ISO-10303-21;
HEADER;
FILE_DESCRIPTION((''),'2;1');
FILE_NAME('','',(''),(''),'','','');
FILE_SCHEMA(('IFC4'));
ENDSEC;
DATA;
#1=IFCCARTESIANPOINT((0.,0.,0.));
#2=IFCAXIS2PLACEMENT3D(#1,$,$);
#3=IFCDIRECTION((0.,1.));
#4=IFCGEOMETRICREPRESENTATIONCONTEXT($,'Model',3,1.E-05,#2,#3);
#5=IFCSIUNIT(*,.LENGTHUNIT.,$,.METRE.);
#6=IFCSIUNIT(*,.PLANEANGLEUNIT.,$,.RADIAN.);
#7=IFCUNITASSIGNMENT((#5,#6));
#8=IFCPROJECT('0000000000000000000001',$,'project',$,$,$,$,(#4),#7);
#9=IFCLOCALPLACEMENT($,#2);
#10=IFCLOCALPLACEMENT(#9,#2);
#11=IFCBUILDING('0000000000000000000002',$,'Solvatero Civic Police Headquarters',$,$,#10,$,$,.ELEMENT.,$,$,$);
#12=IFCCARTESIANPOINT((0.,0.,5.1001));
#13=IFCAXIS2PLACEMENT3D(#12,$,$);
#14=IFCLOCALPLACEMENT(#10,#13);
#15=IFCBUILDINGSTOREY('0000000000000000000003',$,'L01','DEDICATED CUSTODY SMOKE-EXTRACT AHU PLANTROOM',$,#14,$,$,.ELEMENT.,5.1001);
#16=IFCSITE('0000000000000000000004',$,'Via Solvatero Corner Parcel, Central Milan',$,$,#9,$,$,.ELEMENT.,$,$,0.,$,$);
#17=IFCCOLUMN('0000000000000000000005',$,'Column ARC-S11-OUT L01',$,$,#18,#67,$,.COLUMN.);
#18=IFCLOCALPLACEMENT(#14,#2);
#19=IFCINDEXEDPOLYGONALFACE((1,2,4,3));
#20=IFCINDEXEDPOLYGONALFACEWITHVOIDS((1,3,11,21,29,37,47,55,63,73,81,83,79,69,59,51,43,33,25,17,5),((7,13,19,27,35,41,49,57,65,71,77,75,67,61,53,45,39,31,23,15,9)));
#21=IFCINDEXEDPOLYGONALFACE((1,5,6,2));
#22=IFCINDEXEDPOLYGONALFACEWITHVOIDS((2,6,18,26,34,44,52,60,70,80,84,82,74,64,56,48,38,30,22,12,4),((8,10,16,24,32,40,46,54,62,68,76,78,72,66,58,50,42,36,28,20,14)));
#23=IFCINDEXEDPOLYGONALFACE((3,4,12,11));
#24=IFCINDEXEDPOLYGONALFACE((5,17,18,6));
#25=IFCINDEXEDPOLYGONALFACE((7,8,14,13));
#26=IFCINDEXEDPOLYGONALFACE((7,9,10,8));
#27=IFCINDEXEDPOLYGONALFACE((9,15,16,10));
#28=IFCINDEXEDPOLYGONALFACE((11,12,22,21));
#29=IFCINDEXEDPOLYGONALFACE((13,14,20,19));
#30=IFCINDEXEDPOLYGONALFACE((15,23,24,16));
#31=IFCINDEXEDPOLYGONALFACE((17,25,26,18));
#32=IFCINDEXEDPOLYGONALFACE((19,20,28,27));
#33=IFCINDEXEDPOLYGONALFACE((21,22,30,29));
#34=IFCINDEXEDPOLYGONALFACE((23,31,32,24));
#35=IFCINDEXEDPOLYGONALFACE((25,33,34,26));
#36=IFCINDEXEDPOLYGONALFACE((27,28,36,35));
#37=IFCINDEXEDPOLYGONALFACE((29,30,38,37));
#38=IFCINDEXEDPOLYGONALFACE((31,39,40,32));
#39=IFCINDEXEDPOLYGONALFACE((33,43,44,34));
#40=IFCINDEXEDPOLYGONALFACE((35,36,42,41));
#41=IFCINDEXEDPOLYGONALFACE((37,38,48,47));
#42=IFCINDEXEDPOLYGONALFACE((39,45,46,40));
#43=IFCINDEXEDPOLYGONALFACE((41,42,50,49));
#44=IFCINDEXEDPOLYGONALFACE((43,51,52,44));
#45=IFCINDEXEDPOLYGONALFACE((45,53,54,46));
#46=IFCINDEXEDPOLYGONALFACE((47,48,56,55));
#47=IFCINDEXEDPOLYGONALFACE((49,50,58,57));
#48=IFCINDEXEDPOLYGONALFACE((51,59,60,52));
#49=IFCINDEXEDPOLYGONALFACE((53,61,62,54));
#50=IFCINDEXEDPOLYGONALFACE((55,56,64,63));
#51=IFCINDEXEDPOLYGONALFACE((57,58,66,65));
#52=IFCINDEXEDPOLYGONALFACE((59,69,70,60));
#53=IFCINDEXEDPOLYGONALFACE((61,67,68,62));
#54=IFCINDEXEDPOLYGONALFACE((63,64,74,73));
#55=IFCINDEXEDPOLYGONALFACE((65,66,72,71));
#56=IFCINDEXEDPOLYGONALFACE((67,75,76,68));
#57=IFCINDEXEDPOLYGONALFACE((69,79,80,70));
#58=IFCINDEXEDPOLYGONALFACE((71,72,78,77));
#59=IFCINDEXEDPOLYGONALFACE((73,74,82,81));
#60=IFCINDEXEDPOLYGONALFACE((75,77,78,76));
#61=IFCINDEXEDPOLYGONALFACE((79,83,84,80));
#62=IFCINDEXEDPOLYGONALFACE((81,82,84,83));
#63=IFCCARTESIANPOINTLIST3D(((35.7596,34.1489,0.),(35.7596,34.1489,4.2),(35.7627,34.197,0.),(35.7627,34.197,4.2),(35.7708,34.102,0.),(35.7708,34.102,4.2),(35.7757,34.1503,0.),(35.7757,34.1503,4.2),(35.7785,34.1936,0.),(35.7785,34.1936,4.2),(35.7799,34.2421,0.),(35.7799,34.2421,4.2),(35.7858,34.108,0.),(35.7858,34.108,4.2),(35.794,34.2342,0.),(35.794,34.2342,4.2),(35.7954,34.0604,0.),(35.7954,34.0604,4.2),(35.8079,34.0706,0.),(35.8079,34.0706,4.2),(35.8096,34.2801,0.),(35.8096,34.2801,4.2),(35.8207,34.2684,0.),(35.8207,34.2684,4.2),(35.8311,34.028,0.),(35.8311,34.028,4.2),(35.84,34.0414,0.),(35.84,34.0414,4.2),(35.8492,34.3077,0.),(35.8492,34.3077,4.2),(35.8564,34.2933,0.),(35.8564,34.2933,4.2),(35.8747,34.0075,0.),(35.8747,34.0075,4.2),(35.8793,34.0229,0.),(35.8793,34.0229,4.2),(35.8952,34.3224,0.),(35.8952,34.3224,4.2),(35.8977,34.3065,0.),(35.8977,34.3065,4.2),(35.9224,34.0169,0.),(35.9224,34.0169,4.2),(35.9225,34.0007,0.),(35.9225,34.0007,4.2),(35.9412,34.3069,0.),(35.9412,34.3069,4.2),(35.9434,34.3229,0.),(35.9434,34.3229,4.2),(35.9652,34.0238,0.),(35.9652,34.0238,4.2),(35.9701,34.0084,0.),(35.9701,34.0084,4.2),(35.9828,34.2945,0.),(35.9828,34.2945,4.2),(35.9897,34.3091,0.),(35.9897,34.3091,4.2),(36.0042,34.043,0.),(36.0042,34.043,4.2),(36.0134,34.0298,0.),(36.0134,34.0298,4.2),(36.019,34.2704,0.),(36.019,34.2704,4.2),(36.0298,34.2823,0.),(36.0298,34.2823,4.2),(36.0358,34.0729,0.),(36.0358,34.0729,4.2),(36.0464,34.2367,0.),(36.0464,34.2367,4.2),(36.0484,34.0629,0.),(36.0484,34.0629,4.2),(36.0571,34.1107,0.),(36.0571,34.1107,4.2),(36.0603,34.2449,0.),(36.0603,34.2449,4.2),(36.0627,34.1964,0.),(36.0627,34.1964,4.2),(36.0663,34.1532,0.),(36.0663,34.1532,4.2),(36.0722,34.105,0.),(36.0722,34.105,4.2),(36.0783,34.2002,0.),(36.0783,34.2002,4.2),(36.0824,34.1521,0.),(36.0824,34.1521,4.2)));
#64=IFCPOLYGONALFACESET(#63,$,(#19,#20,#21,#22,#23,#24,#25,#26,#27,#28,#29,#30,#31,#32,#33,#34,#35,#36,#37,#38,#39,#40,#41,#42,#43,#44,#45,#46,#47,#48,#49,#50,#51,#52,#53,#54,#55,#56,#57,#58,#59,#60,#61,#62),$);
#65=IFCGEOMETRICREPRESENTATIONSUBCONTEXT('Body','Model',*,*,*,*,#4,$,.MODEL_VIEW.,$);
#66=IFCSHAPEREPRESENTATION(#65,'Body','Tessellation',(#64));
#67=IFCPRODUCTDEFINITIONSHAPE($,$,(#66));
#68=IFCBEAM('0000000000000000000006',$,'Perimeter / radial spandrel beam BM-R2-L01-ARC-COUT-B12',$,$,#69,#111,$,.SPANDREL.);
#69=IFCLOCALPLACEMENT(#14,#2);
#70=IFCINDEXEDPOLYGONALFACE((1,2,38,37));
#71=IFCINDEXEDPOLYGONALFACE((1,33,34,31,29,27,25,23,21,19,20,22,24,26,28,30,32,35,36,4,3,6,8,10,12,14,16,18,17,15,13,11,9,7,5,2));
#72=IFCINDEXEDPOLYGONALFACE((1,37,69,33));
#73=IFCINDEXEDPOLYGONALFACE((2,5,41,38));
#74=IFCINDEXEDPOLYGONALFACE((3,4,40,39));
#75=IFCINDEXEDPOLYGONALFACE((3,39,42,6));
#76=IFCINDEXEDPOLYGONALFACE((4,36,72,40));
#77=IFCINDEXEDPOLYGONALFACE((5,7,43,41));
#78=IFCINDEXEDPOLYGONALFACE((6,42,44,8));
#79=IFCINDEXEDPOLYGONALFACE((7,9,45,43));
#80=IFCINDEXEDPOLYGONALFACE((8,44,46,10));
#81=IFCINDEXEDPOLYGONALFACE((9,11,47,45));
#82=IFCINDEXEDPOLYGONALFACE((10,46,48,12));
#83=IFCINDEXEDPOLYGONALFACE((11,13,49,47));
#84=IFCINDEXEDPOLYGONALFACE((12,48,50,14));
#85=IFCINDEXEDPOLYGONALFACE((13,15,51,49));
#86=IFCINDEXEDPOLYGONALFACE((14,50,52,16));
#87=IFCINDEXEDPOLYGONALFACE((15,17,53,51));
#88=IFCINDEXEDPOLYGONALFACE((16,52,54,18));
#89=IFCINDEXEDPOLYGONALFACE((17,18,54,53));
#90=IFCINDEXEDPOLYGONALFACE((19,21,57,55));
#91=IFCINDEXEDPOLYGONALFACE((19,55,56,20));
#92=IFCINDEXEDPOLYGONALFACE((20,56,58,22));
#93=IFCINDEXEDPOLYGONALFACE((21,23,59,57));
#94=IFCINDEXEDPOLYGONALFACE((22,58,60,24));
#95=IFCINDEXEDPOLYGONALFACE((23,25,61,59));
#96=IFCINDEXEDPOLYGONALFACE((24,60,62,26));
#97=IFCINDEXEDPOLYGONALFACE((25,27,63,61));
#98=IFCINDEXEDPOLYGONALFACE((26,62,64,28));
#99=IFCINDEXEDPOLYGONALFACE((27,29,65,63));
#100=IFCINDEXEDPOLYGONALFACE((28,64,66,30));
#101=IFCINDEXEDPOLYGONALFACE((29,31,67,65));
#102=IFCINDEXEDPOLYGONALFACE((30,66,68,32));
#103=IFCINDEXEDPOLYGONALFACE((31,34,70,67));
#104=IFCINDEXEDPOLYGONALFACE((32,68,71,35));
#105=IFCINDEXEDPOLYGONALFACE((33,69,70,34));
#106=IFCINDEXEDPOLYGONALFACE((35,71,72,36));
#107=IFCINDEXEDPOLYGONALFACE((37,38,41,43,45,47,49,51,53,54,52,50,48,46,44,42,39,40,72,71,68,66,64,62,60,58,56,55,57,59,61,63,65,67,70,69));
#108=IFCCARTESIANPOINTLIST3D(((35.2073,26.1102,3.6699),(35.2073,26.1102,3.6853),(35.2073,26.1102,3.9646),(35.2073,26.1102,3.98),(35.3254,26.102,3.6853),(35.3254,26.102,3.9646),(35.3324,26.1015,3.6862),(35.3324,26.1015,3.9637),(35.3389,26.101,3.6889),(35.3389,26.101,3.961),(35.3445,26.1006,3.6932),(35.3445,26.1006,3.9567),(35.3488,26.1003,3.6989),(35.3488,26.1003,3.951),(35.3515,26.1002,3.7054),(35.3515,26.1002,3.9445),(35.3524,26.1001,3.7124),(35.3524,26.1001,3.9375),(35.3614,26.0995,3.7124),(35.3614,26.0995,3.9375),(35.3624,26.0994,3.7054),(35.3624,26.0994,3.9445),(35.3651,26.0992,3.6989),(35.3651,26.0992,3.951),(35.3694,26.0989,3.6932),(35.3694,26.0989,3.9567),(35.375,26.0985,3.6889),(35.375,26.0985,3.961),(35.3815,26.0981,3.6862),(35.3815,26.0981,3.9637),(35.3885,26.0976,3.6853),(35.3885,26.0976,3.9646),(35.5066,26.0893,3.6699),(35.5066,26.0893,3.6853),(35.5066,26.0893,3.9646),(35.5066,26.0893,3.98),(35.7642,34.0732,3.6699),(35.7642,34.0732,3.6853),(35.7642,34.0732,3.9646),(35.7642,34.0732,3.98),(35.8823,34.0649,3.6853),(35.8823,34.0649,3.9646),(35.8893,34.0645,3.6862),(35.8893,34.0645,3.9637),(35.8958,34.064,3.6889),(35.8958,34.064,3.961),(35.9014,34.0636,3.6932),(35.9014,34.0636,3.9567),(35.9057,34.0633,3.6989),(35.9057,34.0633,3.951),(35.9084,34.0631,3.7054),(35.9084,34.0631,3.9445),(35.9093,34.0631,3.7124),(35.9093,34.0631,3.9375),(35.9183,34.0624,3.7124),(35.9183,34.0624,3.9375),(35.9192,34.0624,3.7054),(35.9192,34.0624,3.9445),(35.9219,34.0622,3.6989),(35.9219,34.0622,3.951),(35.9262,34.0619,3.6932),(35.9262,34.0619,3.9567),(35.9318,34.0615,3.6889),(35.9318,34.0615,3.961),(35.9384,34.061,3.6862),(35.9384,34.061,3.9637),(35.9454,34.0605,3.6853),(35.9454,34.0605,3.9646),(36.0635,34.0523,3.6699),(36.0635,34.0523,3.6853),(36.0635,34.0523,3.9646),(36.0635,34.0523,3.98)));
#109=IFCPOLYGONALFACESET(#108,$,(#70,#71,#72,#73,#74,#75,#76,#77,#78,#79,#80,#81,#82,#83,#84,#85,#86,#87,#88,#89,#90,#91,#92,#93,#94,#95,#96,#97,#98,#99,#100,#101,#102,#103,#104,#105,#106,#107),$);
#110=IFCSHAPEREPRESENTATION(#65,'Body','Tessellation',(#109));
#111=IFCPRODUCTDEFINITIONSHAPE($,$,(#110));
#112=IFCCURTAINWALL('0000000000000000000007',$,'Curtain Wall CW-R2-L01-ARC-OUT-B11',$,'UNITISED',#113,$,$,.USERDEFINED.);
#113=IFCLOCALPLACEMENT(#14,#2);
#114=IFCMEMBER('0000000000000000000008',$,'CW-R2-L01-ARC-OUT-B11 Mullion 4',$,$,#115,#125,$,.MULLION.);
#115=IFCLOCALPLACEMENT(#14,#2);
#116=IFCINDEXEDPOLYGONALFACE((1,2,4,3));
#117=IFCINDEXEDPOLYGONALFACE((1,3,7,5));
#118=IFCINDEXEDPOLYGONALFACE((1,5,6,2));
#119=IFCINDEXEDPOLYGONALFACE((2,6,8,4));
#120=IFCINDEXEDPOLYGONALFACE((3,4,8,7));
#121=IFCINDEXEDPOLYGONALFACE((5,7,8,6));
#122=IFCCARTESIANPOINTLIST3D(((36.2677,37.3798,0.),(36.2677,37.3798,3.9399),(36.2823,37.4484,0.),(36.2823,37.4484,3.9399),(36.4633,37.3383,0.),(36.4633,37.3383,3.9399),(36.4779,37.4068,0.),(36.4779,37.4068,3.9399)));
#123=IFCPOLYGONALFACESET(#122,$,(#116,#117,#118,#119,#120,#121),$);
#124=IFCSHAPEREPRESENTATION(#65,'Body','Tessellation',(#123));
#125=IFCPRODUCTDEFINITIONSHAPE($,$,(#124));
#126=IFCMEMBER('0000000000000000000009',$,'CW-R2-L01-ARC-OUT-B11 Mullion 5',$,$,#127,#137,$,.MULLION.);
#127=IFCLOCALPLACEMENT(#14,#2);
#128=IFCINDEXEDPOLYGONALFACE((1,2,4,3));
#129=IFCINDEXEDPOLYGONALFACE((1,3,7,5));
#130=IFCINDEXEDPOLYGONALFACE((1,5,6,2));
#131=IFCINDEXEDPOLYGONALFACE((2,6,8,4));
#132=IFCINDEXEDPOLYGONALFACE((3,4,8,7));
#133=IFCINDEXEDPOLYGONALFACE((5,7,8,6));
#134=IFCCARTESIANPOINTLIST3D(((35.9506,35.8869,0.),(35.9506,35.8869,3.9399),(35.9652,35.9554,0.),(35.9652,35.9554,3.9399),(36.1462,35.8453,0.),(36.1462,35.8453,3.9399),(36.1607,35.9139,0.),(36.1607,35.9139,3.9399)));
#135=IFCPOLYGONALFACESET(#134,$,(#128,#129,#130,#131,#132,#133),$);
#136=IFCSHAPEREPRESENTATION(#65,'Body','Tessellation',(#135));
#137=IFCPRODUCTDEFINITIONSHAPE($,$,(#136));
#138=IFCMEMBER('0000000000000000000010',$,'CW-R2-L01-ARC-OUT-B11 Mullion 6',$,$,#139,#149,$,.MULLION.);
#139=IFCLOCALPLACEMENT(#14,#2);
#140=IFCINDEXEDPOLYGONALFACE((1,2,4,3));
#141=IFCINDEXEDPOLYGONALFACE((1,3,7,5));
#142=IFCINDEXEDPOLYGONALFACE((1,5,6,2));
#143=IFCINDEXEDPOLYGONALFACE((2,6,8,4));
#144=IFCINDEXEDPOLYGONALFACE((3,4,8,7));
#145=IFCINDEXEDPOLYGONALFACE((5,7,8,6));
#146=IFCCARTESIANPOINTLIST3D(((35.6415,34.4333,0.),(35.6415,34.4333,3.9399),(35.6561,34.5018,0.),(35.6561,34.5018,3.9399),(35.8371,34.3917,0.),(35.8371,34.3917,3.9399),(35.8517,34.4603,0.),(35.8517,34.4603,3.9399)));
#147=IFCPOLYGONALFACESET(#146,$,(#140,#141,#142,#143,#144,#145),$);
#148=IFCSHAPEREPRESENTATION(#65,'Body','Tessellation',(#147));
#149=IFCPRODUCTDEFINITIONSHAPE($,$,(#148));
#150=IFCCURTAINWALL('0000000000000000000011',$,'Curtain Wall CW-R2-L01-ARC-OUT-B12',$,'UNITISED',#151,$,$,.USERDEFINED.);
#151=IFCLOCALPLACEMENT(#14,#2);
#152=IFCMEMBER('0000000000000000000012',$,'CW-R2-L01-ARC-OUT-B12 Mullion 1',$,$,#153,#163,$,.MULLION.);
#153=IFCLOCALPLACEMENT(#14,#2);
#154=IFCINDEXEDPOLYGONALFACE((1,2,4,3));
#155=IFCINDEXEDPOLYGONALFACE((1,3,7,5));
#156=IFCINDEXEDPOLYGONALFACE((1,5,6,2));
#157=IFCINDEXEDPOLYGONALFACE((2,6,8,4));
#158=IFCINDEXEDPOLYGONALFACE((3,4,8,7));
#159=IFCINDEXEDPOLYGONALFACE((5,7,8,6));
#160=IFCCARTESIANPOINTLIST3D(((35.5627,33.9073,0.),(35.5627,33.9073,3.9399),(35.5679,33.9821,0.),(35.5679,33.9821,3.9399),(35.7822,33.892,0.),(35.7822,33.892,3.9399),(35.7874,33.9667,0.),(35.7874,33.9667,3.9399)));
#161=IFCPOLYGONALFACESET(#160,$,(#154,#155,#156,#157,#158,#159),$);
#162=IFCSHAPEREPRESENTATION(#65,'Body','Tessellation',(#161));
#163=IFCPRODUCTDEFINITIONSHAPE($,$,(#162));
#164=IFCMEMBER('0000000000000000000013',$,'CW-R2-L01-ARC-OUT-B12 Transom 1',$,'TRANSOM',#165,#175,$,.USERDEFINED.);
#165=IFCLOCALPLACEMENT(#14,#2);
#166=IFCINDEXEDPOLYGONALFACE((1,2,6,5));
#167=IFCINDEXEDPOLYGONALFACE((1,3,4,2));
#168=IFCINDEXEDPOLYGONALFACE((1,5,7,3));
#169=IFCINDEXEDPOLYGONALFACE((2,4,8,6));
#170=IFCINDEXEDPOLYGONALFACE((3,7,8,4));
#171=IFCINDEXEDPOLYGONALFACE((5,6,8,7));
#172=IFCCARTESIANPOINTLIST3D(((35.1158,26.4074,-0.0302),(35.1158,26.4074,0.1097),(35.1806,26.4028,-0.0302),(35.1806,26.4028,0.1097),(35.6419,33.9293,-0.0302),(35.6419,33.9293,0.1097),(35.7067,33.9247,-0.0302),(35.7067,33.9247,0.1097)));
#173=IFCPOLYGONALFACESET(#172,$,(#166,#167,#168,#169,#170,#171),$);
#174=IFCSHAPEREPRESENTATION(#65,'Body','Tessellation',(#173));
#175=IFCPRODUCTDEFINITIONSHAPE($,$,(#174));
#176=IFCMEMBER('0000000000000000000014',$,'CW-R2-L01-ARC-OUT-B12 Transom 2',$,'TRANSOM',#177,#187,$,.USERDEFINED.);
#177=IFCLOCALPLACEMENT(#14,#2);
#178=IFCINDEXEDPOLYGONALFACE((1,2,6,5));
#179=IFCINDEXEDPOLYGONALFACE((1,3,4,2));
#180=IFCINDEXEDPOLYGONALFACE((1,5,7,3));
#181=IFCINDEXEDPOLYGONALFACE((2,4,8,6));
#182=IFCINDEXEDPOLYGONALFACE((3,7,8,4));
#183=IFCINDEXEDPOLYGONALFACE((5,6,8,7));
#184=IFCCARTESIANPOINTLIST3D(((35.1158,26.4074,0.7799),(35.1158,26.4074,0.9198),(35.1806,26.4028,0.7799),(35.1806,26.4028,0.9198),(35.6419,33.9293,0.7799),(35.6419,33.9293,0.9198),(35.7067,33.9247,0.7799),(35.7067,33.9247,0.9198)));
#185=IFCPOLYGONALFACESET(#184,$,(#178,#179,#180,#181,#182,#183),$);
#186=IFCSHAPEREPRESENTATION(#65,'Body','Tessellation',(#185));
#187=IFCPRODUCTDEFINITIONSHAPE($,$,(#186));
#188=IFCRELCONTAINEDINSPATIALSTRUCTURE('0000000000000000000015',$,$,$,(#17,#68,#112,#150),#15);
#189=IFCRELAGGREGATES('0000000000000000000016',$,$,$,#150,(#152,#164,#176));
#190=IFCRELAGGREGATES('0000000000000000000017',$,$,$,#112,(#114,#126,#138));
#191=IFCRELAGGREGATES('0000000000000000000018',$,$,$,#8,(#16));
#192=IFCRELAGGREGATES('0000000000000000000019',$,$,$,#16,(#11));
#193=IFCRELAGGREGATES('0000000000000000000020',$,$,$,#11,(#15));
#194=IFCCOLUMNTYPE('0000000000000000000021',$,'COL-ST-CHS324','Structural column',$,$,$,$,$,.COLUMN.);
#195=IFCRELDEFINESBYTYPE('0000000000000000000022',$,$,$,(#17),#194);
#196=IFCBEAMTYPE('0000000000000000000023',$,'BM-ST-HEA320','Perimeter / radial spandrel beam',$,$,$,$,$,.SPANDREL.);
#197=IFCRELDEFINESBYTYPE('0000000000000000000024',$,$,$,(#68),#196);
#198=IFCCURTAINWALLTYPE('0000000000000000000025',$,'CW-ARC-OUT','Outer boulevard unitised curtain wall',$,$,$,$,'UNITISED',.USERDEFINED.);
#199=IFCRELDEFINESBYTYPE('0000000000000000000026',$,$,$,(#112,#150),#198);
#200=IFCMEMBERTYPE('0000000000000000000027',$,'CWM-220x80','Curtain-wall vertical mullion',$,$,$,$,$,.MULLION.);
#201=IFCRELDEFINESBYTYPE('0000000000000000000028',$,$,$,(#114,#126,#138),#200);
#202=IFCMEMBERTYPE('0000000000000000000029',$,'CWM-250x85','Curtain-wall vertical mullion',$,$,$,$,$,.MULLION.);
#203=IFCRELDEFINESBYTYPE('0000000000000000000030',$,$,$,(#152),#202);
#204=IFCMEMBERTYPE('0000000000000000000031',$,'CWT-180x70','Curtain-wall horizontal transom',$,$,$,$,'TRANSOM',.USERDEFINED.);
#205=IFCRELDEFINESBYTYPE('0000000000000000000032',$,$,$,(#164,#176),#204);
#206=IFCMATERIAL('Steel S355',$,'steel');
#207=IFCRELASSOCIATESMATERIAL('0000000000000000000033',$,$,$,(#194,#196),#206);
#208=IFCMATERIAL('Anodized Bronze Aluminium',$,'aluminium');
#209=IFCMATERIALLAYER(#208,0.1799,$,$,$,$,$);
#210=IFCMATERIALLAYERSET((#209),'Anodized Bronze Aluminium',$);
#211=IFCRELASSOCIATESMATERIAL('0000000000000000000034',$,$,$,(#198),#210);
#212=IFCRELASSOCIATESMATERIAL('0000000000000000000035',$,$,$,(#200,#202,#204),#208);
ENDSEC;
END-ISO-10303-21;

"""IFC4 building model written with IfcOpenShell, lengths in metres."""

from ifc_helpers import new_model, si_unit, direction, frame, origin, origin_2d, place, context, subcontext, project, spatial, rectangle, hollow_circle, i_section, extrude, material, layer, layer_set, material_profile, profile_set, type_object, element, aggregate, save


model = new_model("IFC4")

# Units and contexts
model_context = context("Model", 3, precision=1e-05, world=origin(), true_north=direction((0.0, 1.0)))
body_context = subcontext(model_context, "Body", "Model", "MODEL_VIEW")
ifc_project = project(units=[si_unit("LENGTHUNIT", "METRE"), si_unit("PLANEANGLEUNIT", "RADIAN")], contexts=[model_context])

# Site, building, storey
site_placement = place(None, origin())
site = spatial("IfcSite", under=ifc_project, at=site_placement, Name="Via Solvatero Corner Parcel, Central Milan", CompositionType="ELEMENT", RefElevation=0.0)
building_placement = place(site_placement, origin())
building = spatial("IfcBuilding", under=site, at=building_placement, Name="Solvatero Civic Police Headquarters", CompositionType="ELEMENT")
storey_placement = place(building_placement, frame((0.0, 0.0, 5.1001)))
storey = spatial("IfcBuildingStorey", under=building, at=storey_placement, Name="L01", Description="DEDICATED CUSTODY SMOKE-EXTRACT AHU PLANTROOM", CompositionType="ELEMENT", Elevation=5.1001)

# Column
ifc_material_1 = material(Name="Steel S355", Category="steel")
ifc_material_profile_1 = material_profile(ifc_material_1, hollow_circle(Radius=0.1619, WallThickness=0.0161, at=origin_2d()), Name="CHS 323.9x16.0")
ifc_profile_set_1 = profile_set([ifc_material_profile_1], Name="Steel S355")
column_type = type_object("IfcColumnType", Name="COL-ST-CHS324", Description="Structural column", PredefinedType="COLUMN", material=ifc_profile_set_1)
column_placement = place(storey_placement, frame((35.9209, 34.1626, 0.0), z_axis=(0.0, 0.0, 1.0), x_axis=(0.139173, 0.990268, 0.0)))
element("IfcColumn", 1, at=column_placement, inside=storey, type_object=column_type, Name="Column ARC-S11-OUT L01", PredefinedType="COLUMN", context=body_context, shape_type="SweptSolid", body=[
    extrude(hollow_circle(Radius=0.1619, WallThickness=0.0161, at=origin_2d()), origin(), (0.0, 0.0, 1.0), 4.2),
])

# Beam
ifc_material_profile_2 = material_profile(ifc_material_1, i_section(OverallWidth=0.3, OverallDepth=0.3101, WebThickness=0.009, FlangeThickness=0.0154, FilletRadius=0.0271, at=origin_2d()), Name="HEA 320")
ifc_profile_set_2 = profile_set([ifc_material_profile_2], Name="Steel S355")
beam_type = type_object("IfcBeamType", Name="BM-ST-HEA320", Description="Perimeter / radial spandrel beam", PredefinedType="SPANDREL", material=ifc_profile_set_2)
beam_placement = place(storey_placement, frame((35.9138, 34.0627, 3.825), z_axis=(-0.069765, -0.997563, 0.0), x_axis=(0.997563, -0.069765, 0.0)))
element("IfcBeam", 2, at=beam_placement, inside=storey, type_object=beam_type, Name="Perimeter / radial spandrel beam BM-R2-L01-ARC-COUT-B12", PredefinedType="SPANDREL", context=body_context, shape_type="SweptSolid", body=[
    extrude(i_section(OverallWidth=0.3, OverallDepth=0.3101, WebThickness=0.009, FlangeThickness=0.0154, FilletRadius=0.0271, at=origin_2d()), origin(), (0.0, 0.0, 1.0), 7.9824),
])

# Curtain walls, members
ifc_material_2 = material(Name="Anodized Bronze Aluminium", Category="aluminium")
ifc_layer_1 = layer(ifc_material_2, 0.1799)
ifc_layer_set_1 = layer_set([ifc_layer_1], Name="Anodized Bronze Aluminium")
curtain_wall_type = type_object("IfcCurtainWallType", Name="CW-ARC-OUT", Description="Outer boulevard unitised curtain wall", ElementType="UNITISED", PredefinedType="USERDEFINED", material=ifc_layer_set_1)
curtain_wall_1_placement = place(storey_placement, origin())
curtain_wall_1 = element("IfcCurtainWall", 3, at=curtain_wall_1_placement, inside=storey, type_object=curtain_wall_type, Name="Curtain Wall CW-R2-L01-ARC-OUT-B11", ObjectType="UNITISED", PredefinedType="USERDEFINED")
ifc_material_profile_3 = material_profile(ifc_material_2, rectangle(XDim=0.0701, YDim=0.2, at=origin_2d()), Name="ALU MULLION 70x200")
ifc_profile_set_3 = profile_set([ifc_material_profile_3], Name="Anodized Bronze Aluminium")
member_type_1 = type_object("IfcMemberType", Name="CWM-220x80", Description="Curtain-wall vertical mullion", PredefinedType="MULLION", material=ifc_profile_set_3)
member_1_placement = place(storey_placement, frame((36.3728, 37.3933, 0.0), z_axis=(0.0, 0.0, 1.0), x_axis=(-0.207912, -0.978148, 0.0)))
member_1 = element("IfcMember", 4, at=member_1_placement, type_object=member_type_1, Name="CW-R2-L01-ARC-OUT-B11 Mullion 4", PredefinedType="MULLION", context=body_context, shape_type="SweptSolid", body=[
    extrude(rectangle(XDim=0.0701, YDim=0.2, at=origin_2d()), origin(), (0.0, 0.0, 1.0), 3.9399),
])
member_2_placement = place(storey_placement, frame((36.0557, 35.9004, 0.0), z_axis=(0.0, 0.0, 1.0), x_axis=(-0.207912, -0.978148, 0.0)))
member_2 = element("IfcMember", 5, at=member_2_placement, type_object=member_type_1, Name="CW-R2-L01-ARC-OUT-B11 Mullion 5", PredefinedType="MULLION", context=body_context, shape_type="SweptSolid", body=[
    extrude(rectangle(XDim=0.0701, YDim=0.2, at=origin_2d()), origin(), (0.0, 0.0, 1.0), 3.9399),
])
member_3_placement = place(storey_placement, frame((35.7466, 34.4468, 0.0), z_axis=(0.0, 0.0, 1.0), x_axis=(-0.207912, -0.978148, 0.0)))
member_3 = element("IfcMember", 6, at=member_3_placement, type_object=member_type_1, Name="CW-R2-L01-ARC-OUT-B11 Mullion 6", PredefinedType="MULLION", context=body_context, shape_type="SweptSolid", body=[
    extrude(rectangle(XDim=0.0701, YDim=0.2, at=origin_2d()), origin(), (0.0, 0.0, 1.0), 3.9399),
])
curtain_wall_2_placement = place(storey_placement, origin())
curtain_wall_2 = element("IfcCurtainWall", 7, at=curtain_wall_2_placement, inside=storey, type_object=curtain_wall_type, Name="Curtain Wall CW-R2-L01-ARC-OUT-B12", ObjectType="UNITISED", PredefinedType="USERDEFINED")
ifc_material_profile_4 = material_profile(ifc_material_2, rectangle(XDim=0.075, YDim=0.22, at=origin_2d()), Name="ALU MULLION 75x220")
ifc_profile_set_4 = profile_set([ifc_material_profile_4], Name="Anodized Bronze Aluminium")
member_type_2 = type_object("IfcMemberType", Name="CWM-250x85", Description="Curtain-wall vertical mullion", PredefinedType="MULLION", material=ifc_profile_set_4)
member_4_placement = place(storey_placement, frame((35.675, 33.937, 0.0), z_axis=(0.0, 0.0, 1.0), x_axis=(-0.069756, -0.997564, 0.0)))
member_4 = element("IfcMember", 8, at=member_4_placement, type_object=member_type_2, Name="CW-R2-L01-ARC-OUT-B12 Mullion 1", PredefinedType="MULLION", context=body_context, shape_type="SweptSolid", body=[
    extrude(rectangle(XDim=0.075, YDim=0.22, at=origin_2d()), origin(), (0.0, 0.0, 1.0), 3.9399),
])
ifc_material_profile_5 = material_profile(ifc_material_2, rectangle(XDim=0.0649, YDim=0.1399, at=origin_2d()), Name="ALU TRANSOM 65x140")
ifc_profile_set_5 = profile_set([ifc_material_profile_5], Name="Anodized Bronze Aluminium")
member_type_3 = type_object("IfcMemberType", Name="CWT-180x70", Description="Curtain-wall horizontal transom", ElementType="TRANSOM", PredefinedType="USERDEFINED", material=ifc_profile_set_5)
member_5_placement = place(storey_placement, frame((35.6743, 33.927, 0.0398), z_axis=(-0.069774, -0.997563, 0.0), x_axis=(0.997563, -0.069774, 0.0)))
member_5 = element("IfcMember", 9, at=member_5_placement, type_object=member_type_3, Name="CW-R2-L01-ARC-OUT-B12 Transom 1", ObjectType="TRANSOM", PredefinedType="USERDEFINED", context=body_context, shape_type="SweptSolid", body=[
    extrude(rectangle(XDim=0.0649, YDim=0.1399, at=origin_2d()), origin(), (0.0, 0.0, 1.0), 7.5403),
])
member_6_placement = place(storey_placement, frame((35.6743, 33.927, 0.8499), z_axis=(-0.069774, -0.997563, 0.0), x_axis=(0.997563, -0.069774, 0.0)))
member_6 = element("IfcMember", 10, at=member_6_placement, type_object=member_type_3, Name="CW-R2-L01-ARC-OUT-B12 Transom 2", ObjectType="TRANSOM", PredefinedType="USERDEFINED", context=body_context, shape_type="SweptSolid", body=[
    extrude(rectangle(XDim=0.0649, YDim=0.1399, at=origin_2d()), origin(), (0.0, 0.0, 1.0), 7.5403),
])
aggregate(curtain_wall_2, [member_4, member_5, member_6])

aggregate(curtain_wall_1, [member_1, member_2, member_3])

save(model, "model.ifc")
